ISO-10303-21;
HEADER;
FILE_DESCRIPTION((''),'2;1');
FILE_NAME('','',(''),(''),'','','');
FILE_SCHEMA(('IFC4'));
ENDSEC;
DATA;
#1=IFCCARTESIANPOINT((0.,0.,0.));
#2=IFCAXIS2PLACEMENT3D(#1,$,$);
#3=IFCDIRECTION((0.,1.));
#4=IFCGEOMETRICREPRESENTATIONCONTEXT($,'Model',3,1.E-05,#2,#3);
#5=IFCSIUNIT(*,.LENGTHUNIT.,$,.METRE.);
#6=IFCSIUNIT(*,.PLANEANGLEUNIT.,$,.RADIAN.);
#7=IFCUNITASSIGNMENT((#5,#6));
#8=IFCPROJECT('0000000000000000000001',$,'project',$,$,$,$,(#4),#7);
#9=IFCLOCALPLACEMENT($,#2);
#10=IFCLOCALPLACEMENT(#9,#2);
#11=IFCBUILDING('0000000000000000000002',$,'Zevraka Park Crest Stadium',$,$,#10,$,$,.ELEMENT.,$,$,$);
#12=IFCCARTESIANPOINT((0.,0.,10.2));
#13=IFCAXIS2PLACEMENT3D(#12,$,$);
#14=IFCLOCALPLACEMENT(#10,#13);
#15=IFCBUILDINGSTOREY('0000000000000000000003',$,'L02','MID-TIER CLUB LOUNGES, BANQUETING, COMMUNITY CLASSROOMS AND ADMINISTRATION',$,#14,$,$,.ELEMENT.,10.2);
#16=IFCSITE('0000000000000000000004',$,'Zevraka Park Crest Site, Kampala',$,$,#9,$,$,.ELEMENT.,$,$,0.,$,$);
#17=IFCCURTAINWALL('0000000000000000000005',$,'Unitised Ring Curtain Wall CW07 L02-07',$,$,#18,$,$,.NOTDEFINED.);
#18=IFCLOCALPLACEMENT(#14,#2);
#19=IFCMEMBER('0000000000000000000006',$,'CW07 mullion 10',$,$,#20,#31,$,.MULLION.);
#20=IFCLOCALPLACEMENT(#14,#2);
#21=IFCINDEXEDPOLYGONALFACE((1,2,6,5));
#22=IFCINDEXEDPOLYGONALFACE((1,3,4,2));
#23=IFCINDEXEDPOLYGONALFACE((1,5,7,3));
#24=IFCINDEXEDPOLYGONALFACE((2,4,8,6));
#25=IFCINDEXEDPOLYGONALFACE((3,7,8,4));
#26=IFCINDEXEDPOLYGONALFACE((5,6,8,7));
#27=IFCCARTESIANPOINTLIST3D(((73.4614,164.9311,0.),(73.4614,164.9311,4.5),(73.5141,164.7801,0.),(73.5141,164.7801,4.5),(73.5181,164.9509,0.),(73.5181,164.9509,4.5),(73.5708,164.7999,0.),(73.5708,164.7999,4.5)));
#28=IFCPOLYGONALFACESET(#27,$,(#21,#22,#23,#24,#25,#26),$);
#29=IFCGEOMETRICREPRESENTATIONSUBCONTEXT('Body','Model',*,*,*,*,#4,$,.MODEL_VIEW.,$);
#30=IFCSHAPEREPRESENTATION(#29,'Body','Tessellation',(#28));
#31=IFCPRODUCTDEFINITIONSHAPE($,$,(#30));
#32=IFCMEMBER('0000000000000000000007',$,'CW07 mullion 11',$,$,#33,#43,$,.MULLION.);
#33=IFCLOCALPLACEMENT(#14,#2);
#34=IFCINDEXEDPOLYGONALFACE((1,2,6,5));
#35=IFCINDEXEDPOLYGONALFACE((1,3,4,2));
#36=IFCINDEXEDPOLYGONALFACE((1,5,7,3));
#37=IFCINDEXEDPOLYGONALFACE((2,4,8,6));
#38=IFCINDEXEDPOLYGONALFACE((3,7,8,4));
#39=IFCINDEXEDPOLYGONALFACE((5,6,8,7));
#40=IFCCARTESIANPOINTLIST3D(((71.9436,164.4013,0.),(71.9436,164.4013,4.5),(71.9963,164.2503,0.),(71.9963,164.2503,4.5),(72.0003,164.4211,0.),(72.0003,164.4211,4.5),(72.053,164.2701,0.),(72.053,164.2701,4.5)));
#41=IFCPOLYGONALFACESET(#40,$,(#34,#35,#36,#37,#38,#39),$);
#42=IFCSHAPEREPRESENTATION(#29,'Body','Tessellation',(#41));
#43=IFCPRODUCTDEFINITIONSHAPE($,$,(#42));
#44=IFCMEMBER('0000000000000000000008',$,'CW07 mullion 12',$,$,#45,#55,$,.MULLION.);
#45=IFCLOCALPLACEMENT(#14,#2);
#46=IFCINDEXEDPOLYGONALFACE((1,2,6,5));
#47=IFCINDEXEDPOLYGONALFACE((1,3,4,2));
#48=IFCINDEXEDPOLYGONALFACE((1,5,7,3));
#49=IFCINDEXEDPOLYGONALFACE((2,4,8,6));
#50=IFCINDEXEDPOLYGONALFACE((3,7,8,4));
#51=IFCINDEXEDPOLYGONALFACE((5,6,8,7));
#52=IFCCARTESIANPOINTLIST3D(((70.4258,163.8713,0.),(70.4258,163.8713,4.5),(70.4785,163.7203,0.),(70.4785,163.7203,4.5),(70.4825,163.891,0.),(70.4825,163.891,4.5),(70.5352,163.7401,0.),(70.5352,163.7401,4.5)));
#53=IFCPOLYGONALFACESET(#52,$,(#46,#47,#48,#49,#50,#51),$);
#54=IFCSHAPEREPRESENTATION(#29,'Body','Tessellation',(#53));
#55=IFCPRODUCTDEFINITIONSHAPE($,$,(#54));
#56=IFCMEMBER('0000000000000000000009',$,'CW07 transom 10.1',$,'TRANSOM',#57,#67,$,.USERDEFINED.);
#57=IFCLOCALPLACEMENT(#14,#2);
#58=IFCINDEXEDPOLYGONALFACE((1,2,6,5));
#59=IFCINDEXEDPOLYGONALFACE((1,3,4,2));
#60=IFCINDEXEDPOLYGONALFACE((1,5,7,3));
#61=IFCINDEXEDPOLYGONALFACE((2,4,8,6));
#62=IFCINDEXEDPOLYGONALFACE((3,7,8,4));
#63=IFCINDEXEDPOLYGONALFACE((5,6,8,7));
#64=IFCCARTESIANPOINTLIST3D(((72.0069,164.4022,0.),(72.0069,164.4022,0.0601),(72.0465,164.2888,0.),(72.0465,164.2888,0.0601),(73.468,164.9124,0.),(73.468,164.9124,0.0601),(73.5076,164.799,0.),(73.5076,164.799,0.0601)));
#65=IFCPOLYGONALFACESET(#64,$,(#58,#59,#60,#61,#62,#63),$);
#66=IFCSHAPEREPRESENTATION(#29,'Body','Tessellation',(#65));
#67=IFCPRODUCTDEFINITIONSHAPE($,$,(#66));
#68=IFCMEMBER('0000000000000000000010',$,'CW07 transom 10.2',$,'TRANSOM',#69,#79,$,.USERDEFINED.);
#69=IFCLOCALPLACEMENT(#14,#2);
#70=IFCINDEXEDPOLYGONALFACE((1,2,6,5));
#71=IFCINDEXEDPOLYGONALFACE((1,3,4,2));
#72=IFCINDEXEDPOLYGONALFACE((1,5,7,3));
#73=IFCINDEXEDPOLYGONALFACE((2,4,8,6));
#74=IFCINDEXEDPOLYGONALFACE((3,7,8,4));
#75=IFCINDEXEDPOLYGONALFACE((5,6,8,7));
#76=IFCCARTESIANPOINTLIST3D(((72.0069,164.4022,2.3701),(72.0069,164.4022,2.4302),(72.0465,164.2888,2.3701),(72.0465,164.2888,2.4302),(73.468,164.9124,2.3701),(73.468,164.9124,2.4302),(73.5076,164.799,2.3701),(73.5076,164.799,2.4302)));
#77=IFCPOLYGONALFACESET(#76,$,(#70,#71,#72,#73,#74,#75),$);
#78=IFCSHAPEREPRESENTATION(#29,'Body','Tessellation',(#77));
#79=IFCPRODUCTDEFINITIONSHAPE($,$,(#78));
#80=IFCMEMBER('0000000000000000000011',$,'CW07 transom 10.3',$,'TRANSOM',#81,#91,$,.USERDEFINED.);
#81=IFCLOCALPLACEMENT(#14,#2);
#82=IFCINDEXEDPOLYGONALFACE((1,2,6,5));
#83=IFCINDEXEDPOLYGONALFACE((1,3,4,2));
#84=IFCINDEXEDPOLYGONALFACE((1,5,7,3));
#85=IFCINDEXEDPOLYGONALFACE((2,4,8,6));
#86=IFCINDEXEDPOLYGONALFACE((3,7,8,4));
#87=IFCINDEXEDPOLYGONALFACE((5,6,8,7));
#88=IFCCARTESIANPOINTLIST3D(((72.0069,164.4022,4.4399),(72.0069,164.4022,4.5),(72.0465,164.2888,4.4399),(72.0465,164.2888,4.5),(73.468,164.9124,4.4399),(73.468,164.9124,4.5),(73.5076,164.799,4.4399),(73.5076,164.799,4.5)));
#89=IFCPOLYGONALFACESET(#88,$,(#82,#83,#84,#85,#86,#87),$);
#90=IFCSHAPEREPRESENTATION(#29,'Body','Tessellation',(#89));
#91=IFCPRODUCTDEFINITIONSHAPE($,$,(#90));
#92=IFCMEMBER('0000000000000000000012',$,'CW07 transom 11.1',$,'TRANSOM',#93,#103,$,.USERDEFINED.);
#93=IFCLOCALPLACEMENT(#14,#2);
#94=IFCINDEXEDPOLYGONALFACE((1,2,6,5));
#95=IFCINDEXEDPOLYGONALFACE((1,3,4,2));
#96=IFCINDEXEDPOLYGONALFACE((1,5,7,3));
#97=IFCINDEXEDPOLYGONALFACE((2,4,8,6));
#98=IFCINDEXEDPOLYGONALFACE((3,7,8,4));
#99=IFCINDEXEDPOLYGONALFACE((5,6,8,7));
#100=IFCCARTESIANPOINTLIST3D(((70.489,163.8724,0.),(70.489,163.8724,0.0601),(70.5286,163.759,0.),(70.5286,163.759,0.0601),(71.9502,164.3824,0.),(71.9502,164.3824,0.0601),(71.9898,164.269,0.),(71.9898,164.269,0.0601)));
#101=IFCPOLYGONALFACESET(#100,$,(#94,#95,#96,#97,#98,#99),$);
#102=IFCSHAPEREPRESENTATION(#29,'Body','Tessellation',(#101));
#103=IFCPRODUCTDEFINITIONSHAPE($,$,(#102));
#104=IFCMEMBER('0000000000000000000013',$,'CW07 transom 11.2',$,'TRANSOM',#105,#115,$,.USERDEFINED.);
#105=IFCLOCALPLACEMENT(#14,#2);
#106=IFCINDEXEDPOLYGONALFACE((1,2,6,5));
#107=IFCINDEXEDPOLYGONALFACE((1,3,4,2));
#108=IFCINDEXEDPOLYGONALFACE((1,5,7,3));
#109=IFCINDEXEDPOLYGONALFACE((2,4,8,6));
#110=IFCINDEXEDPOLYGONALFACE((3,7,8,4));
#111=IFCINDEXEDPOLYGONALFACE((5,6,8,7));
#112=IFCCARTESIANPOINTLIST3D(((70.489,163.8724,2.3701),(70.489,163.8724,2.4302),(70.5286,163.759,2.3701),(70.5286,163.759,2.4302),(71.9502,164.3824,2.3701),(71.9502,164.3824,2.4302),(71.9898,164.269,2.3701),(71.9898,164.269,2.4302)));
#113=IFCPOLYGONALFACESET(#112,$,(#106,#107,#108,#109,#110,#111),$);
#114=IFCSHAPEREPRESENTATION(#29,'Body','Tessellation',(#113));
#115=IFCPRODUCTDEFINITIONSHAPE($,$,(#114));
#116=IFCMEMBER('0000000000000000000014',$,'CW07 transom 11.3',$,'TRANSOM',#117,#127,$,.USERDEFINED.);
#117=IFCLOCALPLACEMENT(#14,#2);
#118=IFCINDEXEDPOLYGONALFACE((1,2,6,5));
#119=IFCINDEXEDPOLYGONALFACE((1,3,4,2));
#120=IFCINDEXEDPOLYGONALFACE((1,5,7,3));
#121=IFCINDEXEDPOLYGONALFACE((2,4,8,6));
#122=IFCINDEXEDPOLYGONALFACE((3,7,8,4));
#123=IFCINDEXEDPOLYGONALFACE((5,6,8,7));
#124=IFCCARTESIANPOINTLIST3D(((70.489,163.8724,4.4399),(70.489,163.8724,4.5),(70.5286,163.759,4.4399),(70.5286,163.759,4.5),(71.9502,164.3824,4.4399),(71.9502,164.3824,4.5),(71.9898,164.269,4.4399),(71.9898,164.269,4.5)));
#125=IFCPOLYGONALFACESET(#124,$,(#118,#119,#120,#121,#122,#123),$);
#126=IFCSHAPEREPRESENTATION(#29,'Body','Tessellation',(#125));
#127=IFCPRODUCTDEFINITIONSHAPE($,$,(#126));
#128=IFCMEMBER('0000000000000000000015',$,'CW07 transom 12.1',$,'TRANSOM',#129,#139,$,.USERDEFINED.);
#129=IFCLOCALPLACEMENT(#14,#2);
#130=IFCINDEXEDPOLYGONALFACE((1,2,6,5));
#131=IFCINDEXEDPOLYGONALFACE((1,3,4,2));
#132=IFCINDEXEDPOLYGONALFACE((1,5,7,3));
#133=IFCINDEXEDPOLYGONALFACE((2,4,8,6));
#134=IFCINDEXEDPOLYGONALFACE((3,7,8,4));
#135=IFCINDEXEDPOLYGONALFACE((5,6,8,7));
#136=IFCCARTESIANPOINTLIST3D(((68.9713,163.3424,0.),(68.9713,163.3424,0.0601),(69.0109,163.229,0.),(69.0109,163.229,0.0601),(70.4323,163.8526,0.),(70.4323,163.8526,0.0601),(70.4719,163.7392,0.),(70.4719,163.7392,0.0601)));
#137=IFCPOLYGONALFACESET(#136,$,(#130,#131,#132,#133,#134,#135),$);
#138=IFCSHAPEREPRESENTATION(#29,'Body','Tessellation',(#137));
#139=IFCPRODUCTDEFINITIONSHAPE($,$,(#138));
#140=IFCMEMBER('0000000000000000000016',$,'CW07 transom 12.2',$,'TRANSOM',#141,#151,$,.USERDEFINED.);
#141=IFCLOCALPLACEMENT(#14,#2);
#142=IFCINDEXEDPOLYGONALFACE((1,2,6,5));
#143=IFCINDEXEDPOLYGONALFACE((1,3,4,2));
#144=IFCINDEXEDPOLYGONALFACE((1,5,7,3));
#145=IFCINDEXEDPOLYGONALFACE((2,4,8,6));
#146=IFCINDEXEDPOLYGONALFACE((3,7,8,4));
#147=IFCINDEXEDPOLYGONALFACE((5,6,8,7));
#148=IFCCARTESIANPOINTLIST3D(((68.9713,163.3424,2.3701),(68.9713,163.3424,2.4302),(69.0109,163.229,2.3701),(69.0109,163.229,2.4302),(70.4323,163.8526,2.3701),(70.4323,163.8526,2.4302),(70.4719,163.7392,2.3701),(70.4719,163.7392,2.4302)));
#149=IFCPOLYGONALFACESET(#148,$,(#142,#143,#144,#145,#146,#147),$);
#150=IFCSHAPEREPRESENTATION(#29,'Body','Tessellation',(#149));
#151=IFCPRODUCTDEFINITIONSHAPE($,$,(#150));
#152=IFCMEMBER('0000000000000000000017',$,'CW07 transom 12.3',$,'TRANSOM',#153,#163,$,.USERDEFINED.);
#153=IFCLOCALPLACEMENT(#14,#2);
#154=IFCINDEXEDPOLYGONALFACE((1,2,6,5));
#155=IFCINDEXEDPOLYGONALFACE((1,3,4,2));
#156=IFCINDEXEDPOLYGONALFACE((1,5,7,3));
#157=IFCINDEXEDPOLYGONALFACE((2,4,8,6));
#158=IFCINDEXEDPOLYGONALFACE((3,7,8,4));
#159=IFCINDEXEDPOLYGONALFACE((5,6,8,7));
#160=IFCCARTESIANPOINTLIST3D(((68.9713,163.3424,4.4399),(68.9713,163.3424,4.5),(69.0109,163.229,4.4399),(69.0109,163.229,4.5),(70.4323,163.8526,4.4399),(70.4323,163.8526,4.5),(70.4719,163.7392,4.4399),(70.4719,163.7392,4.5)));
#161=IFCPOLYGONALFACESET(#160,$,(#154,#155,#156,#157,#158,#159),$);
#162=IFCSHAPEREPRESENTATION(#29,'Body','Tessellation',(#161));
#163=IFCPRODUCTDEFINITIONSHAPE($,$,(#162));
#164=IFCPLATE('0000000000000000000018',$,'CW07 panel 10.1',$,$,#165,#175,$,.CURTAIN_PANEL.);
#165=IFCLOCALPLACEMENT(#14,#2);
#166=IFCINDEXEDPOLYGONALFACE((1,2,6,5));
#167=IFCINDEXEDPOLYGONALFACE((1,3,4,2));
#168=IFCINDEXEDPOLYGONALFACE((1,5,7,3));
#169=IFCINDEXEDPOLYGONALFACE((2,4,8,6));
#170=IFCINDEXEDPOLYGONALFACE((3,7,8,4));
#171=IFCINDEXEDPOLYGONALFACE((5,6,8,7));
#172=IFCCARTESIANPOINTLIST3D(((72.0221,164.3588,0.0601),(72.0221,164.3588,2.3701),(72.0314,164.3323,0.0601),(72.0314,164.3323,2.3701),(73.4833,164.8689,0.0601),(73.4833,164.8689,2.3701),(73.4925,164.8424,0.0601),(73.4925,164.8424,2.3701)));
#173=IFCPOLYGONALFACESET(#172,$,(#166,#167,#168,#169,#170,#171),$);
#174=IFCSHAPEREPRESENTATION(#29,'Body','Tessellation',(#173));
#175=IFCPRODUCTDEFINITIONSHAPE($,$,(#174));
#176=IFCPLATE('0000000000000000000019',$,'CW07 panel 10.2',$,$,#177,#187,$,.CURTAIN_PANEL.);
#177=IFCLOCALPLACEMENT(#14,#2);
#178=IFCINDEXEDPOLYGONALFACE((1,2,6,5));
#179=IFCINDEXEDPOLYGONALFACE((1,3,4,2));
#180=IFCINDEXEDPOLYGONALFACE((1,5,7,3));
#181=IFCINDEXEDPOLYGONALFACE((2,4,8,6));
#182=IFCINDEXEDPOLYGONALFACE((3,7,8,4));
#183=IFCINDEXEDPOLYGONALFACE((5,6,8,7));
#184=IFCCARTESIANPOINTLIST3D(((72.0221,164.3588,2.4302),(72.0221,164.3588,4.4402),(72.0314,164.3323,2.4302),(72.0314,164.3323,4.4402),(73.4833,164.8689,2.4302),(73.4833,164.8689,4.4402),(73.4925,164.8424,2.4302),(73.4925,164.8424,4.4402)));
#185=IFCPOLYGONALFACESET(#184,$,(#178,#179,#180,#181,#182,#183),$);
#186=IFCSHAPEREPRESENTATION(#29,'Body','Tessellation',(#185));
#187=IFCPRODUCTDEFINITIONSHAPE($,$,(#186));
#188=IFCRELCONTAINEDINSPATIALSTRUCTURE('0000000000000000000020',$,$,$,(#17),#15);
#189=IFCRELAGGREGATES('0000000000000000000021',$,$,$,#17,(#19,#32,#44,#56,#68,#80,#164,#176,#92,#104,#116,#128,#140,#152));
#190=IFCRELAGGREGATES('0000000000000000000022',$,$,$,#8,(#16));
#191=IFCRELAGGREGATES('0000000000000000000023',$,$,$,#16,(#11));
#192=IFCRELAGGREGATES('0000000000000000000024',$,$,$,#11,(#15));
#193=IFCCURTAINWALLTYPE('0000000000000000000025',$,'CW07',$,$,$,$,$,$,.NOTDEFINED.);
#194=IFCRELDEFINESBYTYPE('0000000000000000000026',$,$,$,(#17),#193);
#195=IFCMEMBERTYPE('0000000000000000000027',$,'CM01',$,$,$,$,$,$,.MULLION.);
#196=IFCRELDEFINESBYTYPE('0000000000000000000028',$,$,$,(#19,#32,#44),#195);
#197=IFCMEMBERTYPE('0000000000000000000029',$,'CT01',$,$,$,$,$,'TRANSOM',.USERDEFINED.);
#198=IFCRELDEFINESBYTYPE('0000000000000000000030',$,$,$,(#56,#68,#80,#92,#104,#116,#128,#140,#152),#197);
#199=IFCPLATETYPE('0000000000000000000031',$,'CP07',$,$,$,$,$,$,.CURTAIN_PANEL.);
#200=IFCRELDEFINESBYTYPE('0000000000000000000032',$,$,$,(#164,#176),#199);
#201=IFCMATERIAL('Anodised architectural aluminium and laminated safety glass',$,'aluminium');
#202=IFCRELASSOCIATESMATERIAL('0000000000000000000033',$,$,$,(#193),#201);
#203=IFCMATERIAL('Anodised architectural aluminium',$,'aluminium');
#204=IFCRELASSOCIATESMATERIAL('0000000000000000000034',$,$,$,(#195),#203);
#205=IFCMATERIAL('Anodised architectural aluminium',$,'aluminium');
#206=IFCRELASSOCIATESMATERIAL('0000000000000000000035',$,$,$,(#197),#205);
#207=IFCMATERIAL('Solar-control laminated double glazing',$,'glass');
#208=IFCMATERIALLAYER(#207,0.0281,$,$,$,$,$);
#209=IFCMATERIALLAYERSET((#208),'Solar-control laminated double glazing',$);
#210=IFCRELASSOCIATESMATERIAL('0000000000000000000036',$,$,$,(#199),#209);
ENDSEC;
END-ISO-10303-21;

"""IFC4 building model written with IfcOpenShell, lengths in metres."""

from ifc_helpers import new_model, si_unit, direction, frame, origin, origin_2d, place, context, subcontext, project, spatial, rectangle, extrude, material, layer, layer_set, material_profile, profile_set, type_object, element, aggregate, save


model = new_model("IFC4")

# Units and contexts
model_context = context("Model", 3, precision=1e-05, world=origin(), true_north=direction((0.0, 1.0)))
body_context = subcontext(model_context, "Body", "Model", "MODEL_VIEW")
ifc_project = project(units=[si_unit("LENGTHUNIT", "METRE"), si_unit("PLANEANGLEUNIT", "RADIAN")], contexts=[model_context])

# Site, building, storey
site_placement = place(None, origin())
site = spatial("IfcSite", under=ifc_project, at=site_placement, Name="Zevraka Park Crest Site, Kampala", CompositionType="ELEMENT", RefElevation=0.0)
building_placement = place(site_placement, origin())
building = spatial("IfcBuilding", under=site, at=building_placement, Name="Zevraka Park Crest Stadium", CompositionType="ELEMENT")
storey_placement = place(building_placement, frame((0.0, 0.0, 10.2)))
storey = spatial("IfcBuildingStorey", under=building, at=storey_placement, Name="L02", Description="MID-TIER CLUB LOUNGES, BANQUETING, COMMUNITY CLASSROOMS AND ADMINISTRATION", CompositionType="ELEMENT", Elevation=10.2)

# Curtain wall, members, plates
ifc_material_1 = material(Name="Anodised architectural aluminium and laminated safety glass", Category="aluminium")
curtain_wall_type = type_object("IfcCurtainWallType", Name="CW07", PredefinedType="NOTDEFINED", material=ifc_material_1)
curtain_wall_placement = place(storey_placement, origin())
curtain_wall = element("IfcCurtainWall", 1, at=curtain_wall_placement, inside=storey, type_object=curtain_wall_type, Name="Unitised Ring Curtain Wall CW07 L02-07", PredefinedType="NOTDEFINED")
ifc_material_2 = material(Name="Anodised architectural aluminium", Category="aluminium")
ifc_material_profile_1 = material_profile(ifc_material_2, rectangle(XDim=0.1599, YDim=0.0601, at=origin_2d()), Name="ALU MULLION 160x60")
ifc_profile_set_1 = profile_set([ifc_material_profile_1], Name="Anodised architectural aluminium")
member_type_1 = type_object("IfcMemberType", Name="CM01", PredefinedType="MULLION", material=ifc_profile_set_1)
member_1_placement = place(storey_placement, frame((73.5161, 164.8655, 0.0), z_axis=(0.0, 0.0, 1.0), x_axis=(0.329619, -0.944114, 0.0)))
member_1 = element("IfcMember", 2, at=member_1_placement, type_object=member_type_1, Name="CW07 mullion 10", PredefinedType="MULLION", context=body_context, shape_type="SweptSolid", body=[
    extrude(rectangle(XDim=0.1599, YDim=0.0601, at=origin_2d()), origin(), (0.0, 0.0, 1.0), 4.5),
])
member_2_placement = place(storey_placement, frame((71.9983, 164.3357, 0.0), z_axis=(0.0, 0.0, 1.0), x_axis=(0.329619, -0.944114, 0.0)))
member_2 = element("IfcMember", 3, at=member_2_placement, type_object=member_type_1, Name="CW07 mullion 11", PredefinedType="MULLION", context=body_context, shape_type="SweptSolid", body=[
    extrude(rectangle(XDim=0.1599, YDim=0.0601, at=origin_2d()), origin(), (0.0, 0.0, 1.0), 4.5),
])
member_3_placement = place(storey_placement, frame((70.4805, 163.8057, 0.0), z_axis=(0.0, 0.0, 1.0), x_axis=(0.329619, -0.944114, 0.0)))
member_3 = element("IfcMember", 4, at=member_3_placement, type_object=member_type_1, Name="CW07 mullion 12", PredefinedType="MULLION", context=body_context, shape_type="SweptSolid", body=[
    extrude(rectangle(XDim=0.1599, YDim=0.0601, at=origin_2d()), origin(), (0.0, 0.0, 1.0), 4.5),
])
ifc_material_3 = material(Name="Anodised architectural aluminium", Category="aluminium")
ifc_material_profile_2 = material_profile(ifc_material_3, rectangle(XDim=0.1201, YDim=0.0601, at=origin_2d()), Name="ALU TRANSOM 120x60")
ifc_profile_set_2 = profile_set([ifc_material_profile_2], Name="Anodised architectural aluminium")
member_type_2 = type_object("IfcMemberType", Name="CT01", ElementType="TRANSOM", PredefinedType="USERDEFINED", material=ifc_profile_set_2)
member_4_placement = place(storey_placement, frame((73.4878, 164.8557, 0.03), z_axis=(-0.944092, -0.329683, 0.0), x_axis=(0.329683, -0.944092, 0.0)))
member_4 = element("IfcMember", 5, at=member_4_placement, type_object=member_type_2, Name="CW07 transom 10.1", ObjectType="TRANSOM", PredefinedType="USERDEFINED", context=body_context, shape_type="SweptSolid", body=[
    extrude(rectangle(XDim=0.1201, YDim=0.0601, at=origin_2d()), origin(), (0.0, 0.0, 1.0), 1.5476),
])
member_5_placement = place(storey_placement, frame((73.4878, 164.8557, 2.4001), z_axis=(-0.944092, -0.329683, 0.0), x_axis=(0.329683, -0.944092, 0.0)))
member_5 = element("IfcMember", 6, at=member_5_placement, type_object=member_type_2, Name="CW07 transom 10.2", ObjectType="TRANSOM", PredefinedType="USERDEFINED", context=body_context, shape_type="SweptSolid", body=[
    extrude(rectangle(XDim=0.1201, YDim=0.0601, at=origin_2d()), origin(), (0.0, 0.0, 1.0), 1.5476),
])
member_6_placement = place(storey_placement, frame((73.4878, 164.8557, 4.47), z_axis=(-0.944092, -0.329683, 0.0), x_axis=(0.329683, -0.944092, 0.0)))
member_6 = element("IfcMember", 7, at=member_6_placement, type_object=member_type_2, Name="CW07 transom 10.3", ObjectType="TRANSOM", PredefinedType="USERDEFINED", context=body_context, shape_type="SweptSolid", body=[
    extrude(rectangle(XDim=0.1201, YDim=0.0601, at=origin_2d()), origin(), (0.0, 0.0, 1.0), 1.5476),
])
member_7_placement = place(storey_placement, frame((71.97, 164.3257, 0.03), z_axis=(-0.944141, -0.329542, 0.0), x_axis=(0.329542, -0.944141, 0.0)))
member_7 = element("IfcMember", 8, at=member_7_placement, type_object=member_type_2, Name="CW07 transom 11.1", ObjectType="TRANSOM", PredefinedType="USERDEFINED", context=body_context, shape_type="SweptSolid", body=[
    extrude(rectangle(XDim=0.1201, YDim=0.0601, at=origin_2d()), origin(), (0.0, 0.0, 1.0), 1.5476),
])
member_8_placement = place(storey_placement, frame((71.97, 164.3257, 2.4001), z_axis=(-0.944141, -0.329542, 0.0), x_axis=(0.329542, -0.944141, 0.0)))
member_8 = element("IfcMember", 9, at=member_8_placement, type_object=member_type_2, Name="CW07 transom 11.2", ObjectType="TRANSOM", PredefinedType="USERDEFINED", context=body_context, shape_type="SweptSolid", body=[
    extrude(rectangle(XDim=0.1201, YDim=0.0601, at=origin_2d()), origin(), (0.0, 0.0, 1.0), 1.5476),
])
member_9_placement = place(storey_placement, frame((71.97, 164.3257, 4.47), z_axis=(-0.944141, -0.329542, 0.0), x_axis=(0.329542, -0.944141, 0.0)))
member_9 = element("IfcMember", 10, at=member_9_placement, type_object=member_type_2, Name="CW07 transom 11.3", ObjectType="TRANSOM", PredefinedType="USERDEFINED", context=body_context, shape_type="SweptSolid", body=[
    extrude(rectangle(XDim=0.1201, YDim=0.0601, at=origin_2d()), origin(), (0.0, 0.0, 1.0), 1.5476),
])
member_10_placement = place(storey_placement, frame((70.4521, 163.7959, 0.03), z_axis=(-0.944092, -0.329683, 0.0), x_axis=(0.329683, -0.944092, 0.0)))
member_10 = element("IfcMember", 11, at=member_10_placement, type_object=member_type_2, Name="CW07 transom 12.1", ObjectType="TRANSOM", PredefinedType="USERDEFINED", context=body_context, shape_type="SweptSolid", body=[
    extrude(rectangle(XDim=0.1201, YDim=0.0601, at=origin_2d()), origin(), (0.0, 0.0, 1.0), 1.5476),
])
member_11_placement = place(storey_placement, frame((70.4521, 163.7959, 2.4001), z_axis=(-0.944092, -0.329683, 0.0), x_axis=(0.329683, -0.944092, 0.0)))
member_11 = element("IfcMember", 12, at=member_11_placement, type_object=member_type_2, Name="CW07 transom 12.2", ObjectType="TRANSOM", PredefinedType="USERDEFINED", context=body_context, shape_type="SweptSolid", body=[
    extrude(rectangle(XDim=0.1201, YDim=0.0601, at=origin_2d()), origin(), (0.0, 0.0, 1.0), 1.5476),
])
member_12_placement = place(storey_placement, frame((70.4521, 163.7959, 4.47), z_axis=(-0.944092, -0.329683, 0.0), x_axis=(0.329683, -0.944092, 0.0)))
member_12 = element("IfcMember", 13, at=member_12_placement, type_object=member_type_2, Name="CW07 transom 12.3", ObjectType="TRANSOM", PredefinedType="USERDEFINED", context=body_context, shape_type="SweptSolid", body=[
    extrude(rectangle(XDim=0.1201, YDim=0.0601, at=origin_2d()), origin(), (0.0, 0.0, 1.0), 1.5476),
])
ifc_material_4 = material(Name="Solar-control laminated double glazing", Category="glass")
ifc_layer_1 = layer(ifc_material_4, 0.0281)
ifc_layer_set_1 = layer_set([ifc_layer_1], Name="Solar-control laminated double glazing")
plate_type = type_object("IfcPlateType", Name="CP07", PredefinedType="CURTAIN_PANEL", material=ifc_layer_set_1)
plate_1_placement = place(storey_placement, frame((72.7573, 164.6006, 0.0601), z_axis=(0.0, 0.0, 1.0), x_axis=(-0.944114, -0.329619, 0.0)))
plate_1 = element("IfcPlate", 14, at=plate_1_placement, type_object=plate_type, Name="CW07 panel 10.1", PredefinedType="CURTAIN_PANEL", context=body_context, shape_type="SweptSolid", body=[
    extrude(rectangle(XDim=1.5476, YDim=0.0281, at=origin_2d()), origin(), (0.0, 0.0, 1.0), 2.3101),
])
plate_2_placement = place(storey_placement, frame((72.7573, 164.6006, 2.4302), z_axis=(0.0, 0.0, 1.0), x_axis=(-0.944114, -0.329619, 0.0)))
plate_2 = element("IfcPlate", 15, at=plate_2_placement, type_object=plate_type, Name="CW07 panel 10.2", PredefinedType="CURTAIN_PANEL", context=body_context, shape_type="SweptSolid", body=[
    extrude(rectangle(XDim=1.5476, YDim=0.0281, at=origin_2d()), origin(), (0.0, 0.0, 1.0), 2.01),
])
aggregate(curtain_wall, [member_1, member_2, member_3, member_4, member_5, member_6, plate_1, plate_2, member_7, member_8, member_9, member_10, member_11, member_12])

save(model, "model.ifc")
